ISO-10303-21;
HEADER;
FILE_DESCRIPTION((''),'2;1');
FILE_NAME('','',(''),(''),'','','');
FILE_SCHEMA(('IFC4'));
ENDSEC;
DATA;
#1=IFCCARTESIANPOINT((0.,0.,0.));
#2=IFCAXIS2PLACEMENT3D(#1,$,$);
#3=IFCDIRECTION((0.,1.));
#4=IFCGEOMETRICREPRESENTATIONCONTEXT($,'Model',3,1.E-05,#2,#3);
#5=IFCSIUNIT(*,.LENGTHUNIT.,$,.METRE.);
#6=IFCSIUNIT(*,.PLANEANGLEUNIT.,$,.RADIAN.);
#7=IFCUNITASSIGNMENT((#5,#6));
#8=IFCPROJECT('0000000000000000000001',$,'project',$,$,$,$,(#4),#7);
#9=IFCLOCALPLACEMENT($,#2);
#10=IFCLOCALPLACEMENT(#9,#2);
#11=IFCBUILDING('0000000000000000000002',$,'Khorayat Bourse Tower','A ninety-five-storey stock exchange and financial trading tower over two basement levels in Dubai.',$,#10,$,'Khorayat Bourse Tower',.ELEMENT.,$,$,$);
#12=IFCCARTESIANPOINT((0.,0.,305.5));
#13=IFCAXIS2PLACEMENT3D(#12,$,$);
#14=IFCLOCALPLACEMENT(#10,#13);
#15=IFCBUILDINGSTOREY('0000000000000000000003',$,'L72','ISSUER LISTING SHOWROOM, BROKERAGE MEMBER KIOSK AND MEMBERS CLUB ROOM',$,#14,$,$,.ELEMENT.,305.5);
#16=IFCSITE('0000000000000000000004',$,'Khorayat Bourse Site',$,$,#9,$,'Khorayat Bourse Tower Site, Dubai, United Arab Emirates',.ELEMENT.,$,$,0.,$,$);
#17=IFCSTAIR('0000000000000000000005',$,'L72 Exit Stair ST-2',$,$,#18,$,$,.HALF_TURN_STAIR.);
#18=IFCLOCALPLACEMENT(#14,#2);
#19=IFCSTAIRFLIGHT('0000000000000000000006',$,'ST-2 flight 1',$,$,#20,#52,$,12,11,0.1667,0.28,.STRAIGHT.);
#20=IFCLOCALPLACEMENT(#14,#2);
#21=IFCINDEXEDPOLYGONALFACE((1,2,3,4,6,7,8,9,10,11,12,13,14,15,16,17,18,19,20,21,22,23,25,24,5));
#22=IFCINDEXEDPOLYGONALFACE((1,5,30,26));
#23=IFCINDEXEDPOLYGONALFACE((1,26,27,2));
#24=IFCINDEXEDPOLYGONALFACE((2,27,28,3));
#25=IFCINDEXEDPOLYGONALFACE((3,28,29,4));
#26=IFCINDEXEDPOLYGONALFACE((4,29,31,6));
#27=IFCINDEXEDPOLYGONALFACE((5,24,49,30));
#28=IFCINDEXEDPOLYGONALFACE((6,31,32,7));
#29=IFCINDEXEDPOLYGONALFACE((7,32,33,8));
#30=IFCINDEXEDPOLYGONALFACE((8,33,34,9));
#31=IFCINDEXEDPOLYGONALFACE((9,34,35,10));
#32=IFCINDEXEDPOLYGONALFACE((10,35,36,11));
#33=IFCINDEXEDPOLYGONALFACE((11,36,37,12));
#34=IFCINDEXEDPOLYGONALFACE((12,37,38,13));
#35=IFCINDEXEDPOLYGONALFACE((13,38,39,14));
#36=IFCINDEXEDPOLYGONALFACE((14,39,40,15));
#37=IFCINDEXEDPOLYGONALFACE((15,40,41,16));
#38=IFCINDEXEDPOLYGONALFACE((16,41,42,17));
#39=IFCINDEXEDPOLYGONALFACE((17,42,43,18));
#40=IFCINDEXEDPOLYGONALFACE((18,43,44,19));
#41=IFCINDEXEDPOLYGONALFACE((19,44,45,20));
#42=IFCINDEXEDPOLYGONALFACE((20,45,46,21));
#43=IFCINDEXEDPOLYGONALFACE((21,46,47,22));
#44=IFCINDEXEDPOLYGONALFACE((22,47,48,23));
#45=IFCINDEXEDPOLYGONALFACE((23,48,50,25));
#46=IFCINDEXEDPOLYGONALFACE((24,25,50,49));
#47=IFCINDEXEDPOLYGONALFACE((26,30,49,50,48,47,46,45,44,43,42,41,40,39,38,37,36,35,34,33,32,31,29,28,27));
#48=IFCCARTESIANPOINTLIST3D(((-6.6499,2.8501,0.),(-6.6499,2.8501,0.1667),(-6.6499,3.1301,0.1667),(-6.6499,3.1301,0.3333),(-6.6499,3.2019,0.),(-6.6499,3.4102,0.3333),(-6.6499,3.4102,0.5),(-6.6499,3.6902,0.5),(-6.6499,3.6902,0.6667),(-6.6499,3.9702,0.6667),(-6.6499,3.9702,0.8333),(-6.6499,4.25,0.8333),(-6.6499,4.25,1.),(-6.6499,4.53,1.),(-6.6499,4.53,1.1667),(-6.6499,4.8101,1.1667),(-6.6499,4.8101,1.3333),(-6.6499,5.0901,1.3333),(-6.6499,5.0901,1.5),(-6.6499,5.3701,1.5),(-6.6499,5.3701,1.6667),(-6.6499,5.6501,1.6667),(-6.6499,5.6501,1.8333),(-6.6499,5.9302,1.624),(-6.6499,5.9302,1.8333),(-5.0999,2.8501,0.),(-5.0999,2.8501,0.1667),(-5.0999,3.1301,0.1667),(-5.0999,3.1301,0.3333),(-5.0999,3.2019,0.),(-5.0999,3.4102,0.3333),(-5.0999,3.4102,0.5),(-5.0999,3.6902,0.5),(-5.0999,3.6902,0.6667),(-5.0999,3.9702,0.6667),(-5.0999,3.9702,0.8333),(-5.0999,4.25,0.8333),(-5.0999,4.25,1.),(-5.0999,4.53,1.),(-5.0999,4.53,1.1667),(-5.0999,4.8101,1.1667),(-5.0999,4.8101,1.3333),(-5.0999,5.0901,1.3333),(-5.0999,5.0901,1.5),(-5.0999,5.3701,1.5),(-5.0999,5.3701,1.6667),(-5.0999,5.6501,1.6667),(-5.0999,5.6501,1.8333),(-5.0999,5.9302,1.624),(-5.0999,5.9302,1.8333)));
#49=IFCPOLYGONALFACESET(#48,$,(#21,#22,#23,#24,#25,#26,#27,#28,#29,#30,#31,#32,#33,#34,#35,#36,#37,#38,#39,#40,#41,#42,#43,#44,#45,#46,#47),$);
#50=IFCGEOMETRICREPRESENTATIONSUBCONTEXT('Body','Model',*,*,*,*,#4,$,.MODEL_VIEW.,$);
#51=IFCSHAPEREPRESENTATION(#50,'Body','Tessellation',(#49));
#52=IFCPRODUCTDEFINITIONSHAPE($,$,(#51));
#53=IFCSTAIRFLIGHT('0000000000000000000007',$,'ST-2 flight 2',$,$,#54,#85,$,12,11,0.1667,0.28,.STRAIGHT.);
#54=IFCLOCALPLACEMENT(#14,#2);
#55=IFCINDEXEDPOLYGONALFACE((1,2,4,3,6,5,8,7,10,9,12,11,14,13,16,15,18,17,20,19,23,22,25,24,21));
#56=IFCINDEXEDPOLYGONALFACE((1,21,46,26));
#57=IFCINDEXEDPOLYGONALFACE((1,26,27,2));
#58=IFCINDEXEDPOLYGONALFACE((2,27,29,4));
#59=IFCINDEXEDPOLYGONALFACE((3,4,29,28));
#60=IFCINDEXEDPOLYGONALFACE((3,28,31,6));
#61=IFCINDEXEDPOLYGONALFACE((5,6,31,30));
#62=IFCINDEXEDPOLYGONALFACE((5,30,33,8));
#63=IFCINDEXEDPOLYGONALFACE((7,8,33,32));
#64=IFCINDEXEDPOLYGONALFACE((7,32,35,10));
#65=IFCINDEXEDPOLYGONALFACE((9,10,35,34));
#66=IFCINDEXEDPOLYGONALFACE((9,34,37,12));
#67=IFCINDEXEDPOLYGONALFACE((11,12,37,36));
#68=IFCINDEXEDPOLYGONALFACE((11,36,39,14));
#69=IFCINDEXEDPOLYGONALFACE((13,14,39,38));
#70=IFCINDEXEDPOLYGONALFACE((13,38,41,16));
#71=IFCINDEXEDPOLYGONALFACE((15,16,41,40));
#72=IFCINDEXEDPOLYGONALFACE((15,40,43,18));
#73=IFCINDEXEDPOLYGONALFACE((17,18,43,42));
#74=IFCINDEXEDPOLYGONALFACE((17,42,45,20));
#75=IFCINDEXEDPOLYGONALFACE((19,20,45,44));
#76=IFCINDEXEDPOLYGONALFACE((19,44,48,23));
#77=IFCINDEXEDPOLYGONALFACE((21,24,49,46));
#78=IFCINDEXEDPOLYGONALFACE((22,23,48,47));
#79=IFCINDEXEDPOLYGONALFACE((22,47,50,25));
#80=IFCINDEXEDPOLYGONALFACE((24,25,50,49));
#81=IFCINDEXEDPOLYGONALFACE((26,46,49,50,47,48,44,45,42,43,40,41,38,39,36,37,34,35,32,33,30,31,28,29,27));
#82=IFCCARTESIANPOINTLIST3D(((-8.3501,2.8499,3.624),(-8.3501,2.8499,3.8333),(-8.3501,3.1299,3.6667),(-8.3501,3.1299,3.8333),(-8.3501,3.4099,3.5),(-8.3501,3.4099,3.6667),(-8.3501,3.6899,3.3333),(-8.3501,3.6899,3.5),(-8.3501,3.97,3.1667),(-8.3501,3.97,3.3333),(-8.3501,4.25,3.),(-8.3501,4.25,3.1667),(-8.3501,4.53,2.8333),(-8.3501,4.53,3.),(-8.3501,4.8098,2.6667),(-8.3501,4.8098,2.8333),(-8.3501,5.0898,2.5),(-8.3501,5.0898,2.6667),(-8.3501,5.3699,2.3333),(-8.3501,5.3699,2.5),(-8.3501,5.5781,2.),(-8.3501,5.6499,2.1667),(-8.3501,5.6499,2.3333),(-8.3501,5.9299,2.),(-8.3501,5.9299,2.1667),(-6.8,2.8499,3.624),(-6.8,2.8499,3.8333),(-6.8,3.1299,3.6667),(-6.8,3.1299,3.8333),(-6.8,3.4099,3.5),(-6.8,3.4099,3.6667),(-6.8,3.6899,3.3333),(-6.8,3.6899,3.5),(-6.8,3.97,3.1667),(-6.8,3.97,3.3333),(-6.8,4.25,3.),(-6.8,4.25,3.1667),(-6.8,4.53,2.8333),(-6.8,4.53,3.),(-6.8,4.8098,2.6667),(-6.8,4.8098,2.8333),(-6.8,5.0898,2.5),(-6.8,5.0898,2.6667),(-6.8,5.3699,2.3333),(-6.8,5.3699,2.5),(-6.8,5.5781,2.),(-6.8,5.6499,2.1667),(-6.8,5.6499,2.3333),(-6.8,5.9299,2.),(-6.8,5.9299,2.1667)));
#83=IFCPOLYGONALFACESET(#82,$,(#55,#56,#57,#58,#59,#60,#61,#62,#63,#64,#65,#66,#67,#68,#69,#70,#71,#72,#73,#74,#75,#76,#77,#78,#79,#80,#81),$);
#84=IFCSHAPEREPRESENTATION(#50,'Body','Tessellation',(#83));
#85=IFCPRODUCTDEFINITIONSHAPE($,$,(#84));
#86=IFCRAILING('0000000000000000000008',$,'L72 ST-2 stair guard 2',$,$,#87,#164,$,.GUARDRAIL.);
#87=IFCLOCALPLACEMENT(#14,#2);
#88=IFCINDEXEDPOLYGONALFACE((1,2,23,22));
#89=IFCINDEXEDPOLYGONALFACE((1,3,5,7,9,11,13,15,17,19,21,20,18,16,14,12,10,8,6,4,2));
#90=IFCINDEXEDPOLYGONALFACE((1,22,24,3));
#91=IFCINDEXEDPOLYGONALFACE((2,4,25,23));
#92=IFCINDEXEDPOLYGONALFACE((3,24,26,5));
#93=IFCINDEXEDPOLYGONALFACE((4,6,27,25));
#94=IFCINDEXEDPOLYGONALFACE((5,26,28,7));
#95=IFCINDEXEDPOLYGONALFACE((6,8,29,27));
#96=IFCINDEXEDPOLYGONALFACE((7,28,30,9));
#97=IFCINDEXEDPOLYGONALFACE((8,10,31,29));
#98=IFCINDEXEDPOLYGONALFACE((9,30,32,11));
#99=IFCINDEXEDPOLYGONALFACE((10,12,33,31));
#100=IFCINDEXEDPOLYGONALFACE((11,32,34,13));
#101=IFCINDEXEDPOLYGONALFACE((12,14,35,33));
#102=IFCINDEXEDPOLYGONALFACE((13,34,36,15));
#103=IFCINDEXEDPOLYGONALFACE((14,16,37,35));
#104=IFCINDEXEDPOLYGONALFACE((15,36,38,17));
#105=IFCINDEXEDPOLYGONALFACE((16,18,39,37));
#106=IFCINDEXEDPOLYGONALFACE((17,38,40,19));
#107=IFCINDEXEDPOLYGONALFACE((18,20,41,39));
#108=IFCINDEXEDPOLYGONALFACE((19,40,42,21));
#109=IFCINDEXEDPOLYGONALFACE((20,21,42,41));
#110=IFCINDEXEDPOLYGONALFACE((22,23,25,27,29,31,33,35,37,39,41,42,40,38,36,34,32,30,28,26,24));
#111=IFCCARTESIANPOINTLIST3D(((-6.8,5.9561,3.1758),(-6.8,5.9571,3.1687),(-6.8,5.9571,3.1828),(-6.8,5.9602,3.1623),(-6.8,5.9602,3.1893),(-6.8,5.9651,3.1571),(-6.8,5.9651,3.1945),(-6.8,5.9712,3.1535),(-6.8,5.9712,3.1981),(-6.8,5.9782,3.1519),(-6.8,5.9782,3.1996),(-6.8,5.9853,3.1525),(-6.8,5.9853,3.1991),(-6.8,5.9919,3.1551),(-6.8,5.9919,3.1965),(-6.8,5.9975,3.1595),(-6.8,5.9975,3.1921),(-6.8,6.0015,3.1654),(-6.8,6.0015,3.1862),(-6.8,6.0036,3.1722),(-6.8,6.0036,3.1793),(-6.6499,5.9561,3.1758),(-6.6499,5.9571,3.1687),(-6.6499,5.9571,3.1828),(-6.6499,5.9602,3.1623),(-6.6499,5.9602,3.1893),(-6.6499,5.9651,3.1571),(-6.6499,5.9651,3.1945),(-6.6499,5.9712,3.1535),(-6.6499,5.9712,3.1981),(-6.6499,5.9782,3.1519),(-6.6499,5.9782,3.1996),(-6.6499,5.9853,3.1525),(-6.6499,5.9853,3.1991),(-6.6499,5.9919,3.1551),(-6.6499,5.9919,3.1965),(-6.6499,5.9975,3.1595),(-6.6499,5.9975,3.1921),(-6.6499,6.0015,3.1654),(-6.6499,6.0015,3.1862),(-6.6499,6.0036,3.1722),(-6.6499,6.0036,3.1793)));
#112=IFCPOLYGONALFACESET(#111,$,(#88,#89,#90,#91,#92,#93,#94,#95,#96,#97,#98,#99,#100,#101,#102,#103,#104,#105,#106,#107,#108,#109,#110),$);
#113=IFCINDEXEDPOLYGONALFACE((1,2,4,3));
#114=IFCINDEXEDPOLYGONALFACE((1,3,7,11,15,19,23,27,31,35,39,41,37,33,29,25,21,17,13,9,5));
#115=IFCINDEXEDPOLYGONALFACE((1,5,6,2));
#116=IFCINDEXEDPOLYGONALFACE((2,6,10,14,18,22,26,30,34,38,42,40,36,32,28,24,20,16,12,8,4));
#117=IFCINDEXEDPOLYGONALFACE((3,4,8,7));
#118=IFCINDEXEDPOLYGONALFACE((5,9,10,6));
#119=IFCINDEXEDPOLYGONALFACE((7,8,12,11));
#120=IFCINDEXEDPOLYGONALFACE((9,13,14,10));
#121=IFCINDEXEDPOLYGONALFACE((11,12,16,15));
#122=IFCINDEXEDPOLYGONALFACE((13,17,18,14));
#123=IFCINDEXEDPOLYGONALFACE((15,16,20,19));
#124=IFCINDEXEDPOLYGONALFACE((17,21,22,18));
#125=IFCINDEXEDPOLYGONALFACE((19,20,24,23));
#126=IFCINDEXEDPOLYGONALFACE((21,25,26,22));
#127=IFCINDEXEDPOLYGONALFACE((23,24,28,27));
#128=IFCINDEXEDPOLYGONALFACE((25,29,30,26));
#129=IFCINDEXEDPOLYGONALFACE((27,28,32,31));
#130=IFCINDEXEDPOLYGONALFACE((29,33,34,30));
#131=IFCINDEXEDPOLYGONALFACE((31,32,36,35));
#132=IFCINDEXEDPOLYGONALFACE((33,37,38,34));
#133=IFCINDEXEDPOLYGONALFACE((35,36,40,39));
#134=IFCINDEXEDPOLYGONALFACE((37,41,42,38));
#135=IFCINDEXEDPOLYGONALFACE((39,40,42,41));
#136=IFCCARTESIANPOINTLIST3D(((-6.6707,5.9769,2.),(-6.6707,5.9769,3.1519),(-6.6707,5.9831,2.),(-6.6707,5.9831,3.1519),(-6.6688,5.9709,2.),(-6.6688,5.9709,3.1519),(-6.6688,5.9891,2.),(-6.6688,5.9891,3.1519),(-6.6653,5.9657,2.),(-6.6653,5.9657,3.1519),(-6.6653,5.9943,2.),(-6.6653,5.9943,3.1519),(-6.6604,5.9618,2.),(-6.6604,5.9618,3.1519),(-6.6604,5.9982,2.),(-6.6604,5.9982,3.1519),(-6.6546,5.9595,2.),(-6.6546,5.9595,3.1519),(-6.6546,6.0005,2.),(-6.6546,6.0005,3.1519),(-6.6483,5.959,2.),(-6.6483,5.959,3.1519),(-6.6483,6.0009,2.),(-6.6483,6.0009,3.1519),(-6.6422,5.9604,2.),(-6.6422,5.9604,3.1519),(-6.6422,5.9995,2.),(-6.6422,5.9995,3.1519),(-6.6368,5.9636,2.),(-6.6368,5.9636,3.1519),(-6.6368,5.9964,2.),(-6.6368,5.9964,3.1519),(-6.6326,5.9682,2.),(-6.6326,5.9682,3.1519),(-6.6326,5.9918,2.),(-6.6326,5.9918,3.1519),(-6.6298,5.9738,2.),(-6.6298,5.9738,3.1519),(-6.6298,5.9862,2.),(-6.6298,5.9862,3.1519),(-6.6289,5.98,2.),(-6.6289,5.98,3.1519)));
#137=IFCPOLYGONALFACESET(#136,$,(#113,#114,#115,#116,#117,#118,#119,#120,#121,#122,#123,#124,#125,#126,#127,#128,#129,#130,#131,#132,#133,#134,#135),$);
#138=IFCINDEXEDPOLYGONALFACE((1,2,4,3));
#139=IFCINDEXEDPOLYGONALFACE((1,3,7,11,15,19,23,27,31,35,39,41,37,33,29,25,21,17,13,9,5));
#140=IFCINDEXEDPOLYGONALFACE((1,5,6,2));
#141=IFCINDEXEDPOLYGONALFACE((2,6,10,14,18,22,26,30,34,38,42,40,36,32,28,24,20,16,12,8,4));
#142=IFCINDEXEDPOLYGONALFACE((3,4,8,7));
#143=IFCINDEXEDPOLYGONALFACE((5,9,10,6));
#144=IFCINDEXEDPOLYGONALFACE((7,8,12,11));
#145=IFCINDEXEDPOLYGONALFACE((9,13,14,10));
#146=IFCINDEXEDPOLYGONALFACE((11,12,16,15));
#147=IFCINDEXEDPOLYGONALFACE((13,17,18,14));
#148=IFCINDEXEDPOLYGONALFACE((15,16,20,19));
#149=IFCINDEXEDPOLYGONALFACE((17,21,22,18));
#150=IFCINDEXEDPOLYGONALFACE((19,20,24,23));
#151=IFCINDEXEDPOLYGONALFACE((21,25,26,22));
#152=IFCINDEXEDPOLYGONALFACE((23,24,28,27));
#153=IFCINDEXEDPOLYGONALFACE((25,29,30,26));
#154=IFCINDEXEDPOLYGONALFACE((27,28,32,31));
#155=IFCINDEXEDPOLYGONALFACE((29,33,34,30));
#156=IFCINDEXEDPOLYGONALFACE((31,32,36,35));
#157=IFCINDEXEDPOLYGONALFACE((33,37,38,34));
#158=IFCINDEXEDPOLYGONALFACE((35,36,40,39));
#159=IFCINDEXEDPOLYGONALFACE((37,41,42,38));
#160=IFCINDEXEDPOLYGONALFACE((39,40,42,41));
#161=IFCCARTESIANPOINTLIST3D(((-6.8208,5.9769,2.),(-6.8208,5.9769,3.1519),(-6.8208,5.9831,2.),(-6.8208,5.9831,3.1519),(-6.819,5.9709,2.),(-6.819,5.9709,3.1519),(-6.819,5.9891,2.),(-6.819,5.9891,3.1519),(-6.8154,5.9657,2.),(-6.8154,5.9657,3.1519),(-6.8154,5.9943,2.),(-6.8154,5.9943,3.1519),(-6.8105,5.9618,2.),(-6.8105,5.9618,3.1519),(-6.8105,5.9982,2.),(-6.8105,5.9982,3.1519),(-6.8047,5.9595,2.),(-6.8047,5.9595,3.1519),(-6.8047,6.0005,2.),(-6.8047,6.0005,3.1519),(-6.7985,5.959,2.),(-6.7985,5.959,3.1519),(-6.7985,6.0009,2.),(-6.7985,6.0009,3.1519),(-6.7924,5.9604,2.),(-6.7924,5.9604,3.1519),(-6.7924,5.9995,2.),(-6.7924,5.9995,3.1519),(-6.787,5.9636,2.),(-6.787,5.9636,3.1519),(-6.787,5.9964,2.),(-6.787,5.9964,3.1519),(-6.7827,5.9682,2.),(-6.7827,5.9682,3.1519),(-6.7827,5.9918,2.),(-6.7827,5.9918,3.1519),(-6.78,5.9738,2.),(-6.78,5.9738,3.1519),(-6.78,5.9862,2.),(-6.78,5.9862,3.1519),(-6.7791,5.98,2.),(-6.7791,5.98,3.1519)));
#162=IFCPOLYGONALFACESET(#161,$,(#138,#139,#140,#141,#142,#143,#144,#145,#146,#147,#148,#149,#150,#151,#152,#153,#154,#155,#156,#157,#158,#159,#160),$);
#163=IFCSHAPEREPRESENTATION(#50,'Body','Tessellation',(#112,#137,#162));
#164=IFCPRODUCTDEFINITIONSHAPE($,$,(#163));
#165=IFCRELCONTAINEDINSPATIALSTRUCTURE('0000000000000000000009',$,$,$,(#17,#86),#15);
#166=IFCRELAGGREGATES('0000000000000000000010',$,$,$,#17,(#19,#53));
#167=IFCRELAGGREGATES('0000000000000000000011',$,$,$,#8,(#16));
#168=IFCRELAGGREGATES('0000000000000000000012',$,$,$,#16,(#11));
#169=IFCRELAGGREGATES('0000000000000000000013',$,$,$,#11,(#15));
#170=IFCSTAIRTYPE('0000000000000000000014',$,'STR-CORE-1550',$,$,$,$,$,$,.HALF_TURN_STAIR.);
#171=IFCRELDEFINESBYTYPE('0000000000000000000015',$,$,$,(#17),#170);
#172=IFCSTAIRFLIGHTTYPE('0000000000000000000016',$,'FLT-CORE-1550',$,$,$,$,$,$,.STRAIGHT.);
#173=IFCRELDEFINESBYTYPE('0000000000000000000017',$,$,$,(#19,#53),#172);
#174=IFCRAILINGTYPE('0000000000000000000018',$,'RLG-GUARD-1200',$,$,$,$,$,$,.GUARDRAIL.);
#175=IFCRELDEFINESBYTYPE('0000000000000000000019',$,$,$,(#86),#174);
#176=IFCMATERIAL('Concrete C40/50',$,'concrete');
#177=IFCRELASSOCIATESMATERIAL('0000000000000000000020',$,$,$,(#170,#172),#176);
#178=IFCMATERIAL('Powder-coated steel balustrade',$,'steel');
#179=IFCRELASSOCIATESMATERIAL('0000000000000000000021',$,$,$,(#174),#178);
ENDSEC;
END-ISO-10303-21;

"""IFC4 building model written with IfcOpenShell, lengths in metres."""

from ifc_helpers import new_model, si_unit, direction, frame, origin, origin_2d, place, context, subcontext, project, spatial, polyline, circle, outline, extrude, source, transform, mapped, material, type_object, element, aggregate, save


model = new_model("IFC4")

# Units and contexts
model_context = context("Model", 3, precision=1e-05, world=origin(), true_north=direction((0.0, 1.0)))
body_context = subcontext(model_context, "Body", "Model", "MODEL_VIEW")
ifc_project = project(units=[si_unit("LENGTHUNIT", "METRE"), si_unit("PLANEANGLEUNIT", "RADIAN")], contexts=[model_context])

# Site, building, storey
site_placement = place(None, origin())
site = spatial("IfcSite", under=ifc_project, at=site_placement, Name="Khorayat Bourse Site", LongName="Khorayat Bourse Tower Site, Dubai, United Arab Emirates", CompositionType="ELEMENT", RefElevation=0.0)
building_placement = place(site_placement, origin())
building = spatial("IfcBuilding", under=site, at=building_placement, Name="Khorayat Bourse Tower", Description="A ninety-five-storey stock exchange and financial trading tower over two basement levels in Dubai.", LongName="Khorayat Bourse Tower", CompositionType="ELEMENT")
storey_placement = place(building_placement, frame((0.0, 0.0, 305.5)))
storey = spatial("IfcBuildingStorey", under=building, at=storey_placement, Name="L72", Description="ISSUER LISTING SHOWROOM, BROKERAGE MEMBER KIOSK AND MEMBERS CLUB ROOM", CompositionType="ELEMENT", Elevation=305.5)

# Stair, stair flights
ifc_material_1 = material(Name="Concrete C40/50", Category="concrete")
stair_type = type_object("IfcStairType", Name="STR-CORE-1550", PredefinedType="HALF_TURN_STAIR", material=ifc_material_1)
stair_placement = place(storey_placement, origin())
stair = element("IfcStair", 1, at=stair_placement, inside=storey, type_object=stair_type, Name="L72 Exit Stair ST-2", PredefinedType="HALF_TURN_STAIR")
stair_flight_type = type_object("IfcStairFlightType", Name="FLT-CORE-1550", PredefinedType="STRAIGHT", material=ifc_material_1)
shared_shape_1 = source(origin(), body_context, "Body", "SweptSolid", [
    extrude(outline(polyline([(0.0, 0.0), (0.0, 0.1667), (0.28, 0.1667), (0.28, 0.3333), (0.5601, 0.3333), (0.5601, 0.5), (0.8401, 0.5), (0.8401, 0.6667), (1.1201, 0.6667), (1.1201, 0.8333), (1.3999, 0.8333), (1.3999, 1.0), (1.6799, 1.0), (1.6799, 1.1667), (1.96, 1.1667), (1.96, 1.3333), (2.24, 1.3333), (2.24, 1.5), (2.52, 1.5), (2.52, 1.6667), (2.8, 1.6667), (2.8, 1.8333), (3.0801, 1.8333), (3.0801, 2.0), (3.0801, 1.624), (0.3518, 0.0), (0.0, 0.0)])), frame((0.0, 0.7749, 0.0), z_axis=(0.0, -1.0, 0.0), x_axis=(1.0, 0.0, 0.0)), (0.0, 0.0, 1.0), 1.55),
])
stair_flight_1_placement = place(storey_placement, frame((-5.875, 2.8501, 0.0), z_axis=(0.0, 0.0, 1.0), x_axis=(0.0, 1.0, 0.0)))
stair_flight_1 = element("IfcStairFlight", 2, at=stair_flight_1_placement, type_object=stair_flight_type, Name="ST-2 flight 1", NumberOfRisers=12, NumberOfTreads=11, PredefinedType="STRAIGHT", RiserHeight=0.1667, TreadLength=0.28, context=body_context, shape_type="MappedRepresentation", body=[
    mapped(shared_shape_1, transform((0.0, 0.0, 0.0), scale=1.0)),
])
stair_flight_2_placement = place(storey_placement, frame((-7.575, 5.9299, 2.0), z_axis=(0.0, 0.0, 1.0), x_axis=(0.0, -1.0, 0.0)))
stair_flight_2 = element("IfcStairFlight", 3, at=stair_flight_2_placement, type_object=stair_flight_type, Name="ST-2 flight 2", NumberOfRisers=12, NumberOfTreads=11, PredefinedType="STRAIGHT", RiserHeight=0.1667, TreadLength=0.28, context=body_context, shape_type="MappedRepresentation", body=[
    mapped(shared_shape_1, transform((0.0, 0.0, 0.0), scale=1.0)),
])
aggregate(stair, [stair_flight_1, stair_flight_2])

# Railing
ifc_material_2 = material(Name="Powder-coated steel balustrade", Category="steel")
railing_type_1 = type_object("IfcRailingType", Name="RLG-GUARD-1200", PredefinedType="GUARDRAIL", material=ifc_material_2)
shared_shape_2 = source(origin(), body_context, "Body", "SweptSolid", [
    extrude(circle(Radius=0.0239, at=origin_2d()), frame((0.0, 0.0, 1.1758), z_axis=(-1.0, 0.0, 0.0), x_axis=(0.0, -1.0, 0.0)), (0.0, 0.0, 1.0), 0.1501),
    extrude(circle(Radius=0.021, at=origin_2d()), origin(), (0.0, 0.0, 1.0), 1.1519),
    extrude(circle(Radius=0.021, at=origin_2d()), frame((-0.1501, 0.0, 0.0)), (0.0, 0.0, 1.0), 1.1519),
])
for number, where, name in (
    (4, (-6.6499, 5.98, 2.0), "L72 ST-2 stair guard 2"),
):
    element("IfcRailing", number, at=place(storey_placement, frame(where)), inside=storey, type_object=railing_type_1, Name=name, PredefinedType="GUARDRAIL", context=body_context, shape_type="MappedRepresentation", body=[
        mapped(shared_shape_2, transform((0.0, 0.0, 0.0), scale=1.0)),
    ])

save(model, "model.ifc")
